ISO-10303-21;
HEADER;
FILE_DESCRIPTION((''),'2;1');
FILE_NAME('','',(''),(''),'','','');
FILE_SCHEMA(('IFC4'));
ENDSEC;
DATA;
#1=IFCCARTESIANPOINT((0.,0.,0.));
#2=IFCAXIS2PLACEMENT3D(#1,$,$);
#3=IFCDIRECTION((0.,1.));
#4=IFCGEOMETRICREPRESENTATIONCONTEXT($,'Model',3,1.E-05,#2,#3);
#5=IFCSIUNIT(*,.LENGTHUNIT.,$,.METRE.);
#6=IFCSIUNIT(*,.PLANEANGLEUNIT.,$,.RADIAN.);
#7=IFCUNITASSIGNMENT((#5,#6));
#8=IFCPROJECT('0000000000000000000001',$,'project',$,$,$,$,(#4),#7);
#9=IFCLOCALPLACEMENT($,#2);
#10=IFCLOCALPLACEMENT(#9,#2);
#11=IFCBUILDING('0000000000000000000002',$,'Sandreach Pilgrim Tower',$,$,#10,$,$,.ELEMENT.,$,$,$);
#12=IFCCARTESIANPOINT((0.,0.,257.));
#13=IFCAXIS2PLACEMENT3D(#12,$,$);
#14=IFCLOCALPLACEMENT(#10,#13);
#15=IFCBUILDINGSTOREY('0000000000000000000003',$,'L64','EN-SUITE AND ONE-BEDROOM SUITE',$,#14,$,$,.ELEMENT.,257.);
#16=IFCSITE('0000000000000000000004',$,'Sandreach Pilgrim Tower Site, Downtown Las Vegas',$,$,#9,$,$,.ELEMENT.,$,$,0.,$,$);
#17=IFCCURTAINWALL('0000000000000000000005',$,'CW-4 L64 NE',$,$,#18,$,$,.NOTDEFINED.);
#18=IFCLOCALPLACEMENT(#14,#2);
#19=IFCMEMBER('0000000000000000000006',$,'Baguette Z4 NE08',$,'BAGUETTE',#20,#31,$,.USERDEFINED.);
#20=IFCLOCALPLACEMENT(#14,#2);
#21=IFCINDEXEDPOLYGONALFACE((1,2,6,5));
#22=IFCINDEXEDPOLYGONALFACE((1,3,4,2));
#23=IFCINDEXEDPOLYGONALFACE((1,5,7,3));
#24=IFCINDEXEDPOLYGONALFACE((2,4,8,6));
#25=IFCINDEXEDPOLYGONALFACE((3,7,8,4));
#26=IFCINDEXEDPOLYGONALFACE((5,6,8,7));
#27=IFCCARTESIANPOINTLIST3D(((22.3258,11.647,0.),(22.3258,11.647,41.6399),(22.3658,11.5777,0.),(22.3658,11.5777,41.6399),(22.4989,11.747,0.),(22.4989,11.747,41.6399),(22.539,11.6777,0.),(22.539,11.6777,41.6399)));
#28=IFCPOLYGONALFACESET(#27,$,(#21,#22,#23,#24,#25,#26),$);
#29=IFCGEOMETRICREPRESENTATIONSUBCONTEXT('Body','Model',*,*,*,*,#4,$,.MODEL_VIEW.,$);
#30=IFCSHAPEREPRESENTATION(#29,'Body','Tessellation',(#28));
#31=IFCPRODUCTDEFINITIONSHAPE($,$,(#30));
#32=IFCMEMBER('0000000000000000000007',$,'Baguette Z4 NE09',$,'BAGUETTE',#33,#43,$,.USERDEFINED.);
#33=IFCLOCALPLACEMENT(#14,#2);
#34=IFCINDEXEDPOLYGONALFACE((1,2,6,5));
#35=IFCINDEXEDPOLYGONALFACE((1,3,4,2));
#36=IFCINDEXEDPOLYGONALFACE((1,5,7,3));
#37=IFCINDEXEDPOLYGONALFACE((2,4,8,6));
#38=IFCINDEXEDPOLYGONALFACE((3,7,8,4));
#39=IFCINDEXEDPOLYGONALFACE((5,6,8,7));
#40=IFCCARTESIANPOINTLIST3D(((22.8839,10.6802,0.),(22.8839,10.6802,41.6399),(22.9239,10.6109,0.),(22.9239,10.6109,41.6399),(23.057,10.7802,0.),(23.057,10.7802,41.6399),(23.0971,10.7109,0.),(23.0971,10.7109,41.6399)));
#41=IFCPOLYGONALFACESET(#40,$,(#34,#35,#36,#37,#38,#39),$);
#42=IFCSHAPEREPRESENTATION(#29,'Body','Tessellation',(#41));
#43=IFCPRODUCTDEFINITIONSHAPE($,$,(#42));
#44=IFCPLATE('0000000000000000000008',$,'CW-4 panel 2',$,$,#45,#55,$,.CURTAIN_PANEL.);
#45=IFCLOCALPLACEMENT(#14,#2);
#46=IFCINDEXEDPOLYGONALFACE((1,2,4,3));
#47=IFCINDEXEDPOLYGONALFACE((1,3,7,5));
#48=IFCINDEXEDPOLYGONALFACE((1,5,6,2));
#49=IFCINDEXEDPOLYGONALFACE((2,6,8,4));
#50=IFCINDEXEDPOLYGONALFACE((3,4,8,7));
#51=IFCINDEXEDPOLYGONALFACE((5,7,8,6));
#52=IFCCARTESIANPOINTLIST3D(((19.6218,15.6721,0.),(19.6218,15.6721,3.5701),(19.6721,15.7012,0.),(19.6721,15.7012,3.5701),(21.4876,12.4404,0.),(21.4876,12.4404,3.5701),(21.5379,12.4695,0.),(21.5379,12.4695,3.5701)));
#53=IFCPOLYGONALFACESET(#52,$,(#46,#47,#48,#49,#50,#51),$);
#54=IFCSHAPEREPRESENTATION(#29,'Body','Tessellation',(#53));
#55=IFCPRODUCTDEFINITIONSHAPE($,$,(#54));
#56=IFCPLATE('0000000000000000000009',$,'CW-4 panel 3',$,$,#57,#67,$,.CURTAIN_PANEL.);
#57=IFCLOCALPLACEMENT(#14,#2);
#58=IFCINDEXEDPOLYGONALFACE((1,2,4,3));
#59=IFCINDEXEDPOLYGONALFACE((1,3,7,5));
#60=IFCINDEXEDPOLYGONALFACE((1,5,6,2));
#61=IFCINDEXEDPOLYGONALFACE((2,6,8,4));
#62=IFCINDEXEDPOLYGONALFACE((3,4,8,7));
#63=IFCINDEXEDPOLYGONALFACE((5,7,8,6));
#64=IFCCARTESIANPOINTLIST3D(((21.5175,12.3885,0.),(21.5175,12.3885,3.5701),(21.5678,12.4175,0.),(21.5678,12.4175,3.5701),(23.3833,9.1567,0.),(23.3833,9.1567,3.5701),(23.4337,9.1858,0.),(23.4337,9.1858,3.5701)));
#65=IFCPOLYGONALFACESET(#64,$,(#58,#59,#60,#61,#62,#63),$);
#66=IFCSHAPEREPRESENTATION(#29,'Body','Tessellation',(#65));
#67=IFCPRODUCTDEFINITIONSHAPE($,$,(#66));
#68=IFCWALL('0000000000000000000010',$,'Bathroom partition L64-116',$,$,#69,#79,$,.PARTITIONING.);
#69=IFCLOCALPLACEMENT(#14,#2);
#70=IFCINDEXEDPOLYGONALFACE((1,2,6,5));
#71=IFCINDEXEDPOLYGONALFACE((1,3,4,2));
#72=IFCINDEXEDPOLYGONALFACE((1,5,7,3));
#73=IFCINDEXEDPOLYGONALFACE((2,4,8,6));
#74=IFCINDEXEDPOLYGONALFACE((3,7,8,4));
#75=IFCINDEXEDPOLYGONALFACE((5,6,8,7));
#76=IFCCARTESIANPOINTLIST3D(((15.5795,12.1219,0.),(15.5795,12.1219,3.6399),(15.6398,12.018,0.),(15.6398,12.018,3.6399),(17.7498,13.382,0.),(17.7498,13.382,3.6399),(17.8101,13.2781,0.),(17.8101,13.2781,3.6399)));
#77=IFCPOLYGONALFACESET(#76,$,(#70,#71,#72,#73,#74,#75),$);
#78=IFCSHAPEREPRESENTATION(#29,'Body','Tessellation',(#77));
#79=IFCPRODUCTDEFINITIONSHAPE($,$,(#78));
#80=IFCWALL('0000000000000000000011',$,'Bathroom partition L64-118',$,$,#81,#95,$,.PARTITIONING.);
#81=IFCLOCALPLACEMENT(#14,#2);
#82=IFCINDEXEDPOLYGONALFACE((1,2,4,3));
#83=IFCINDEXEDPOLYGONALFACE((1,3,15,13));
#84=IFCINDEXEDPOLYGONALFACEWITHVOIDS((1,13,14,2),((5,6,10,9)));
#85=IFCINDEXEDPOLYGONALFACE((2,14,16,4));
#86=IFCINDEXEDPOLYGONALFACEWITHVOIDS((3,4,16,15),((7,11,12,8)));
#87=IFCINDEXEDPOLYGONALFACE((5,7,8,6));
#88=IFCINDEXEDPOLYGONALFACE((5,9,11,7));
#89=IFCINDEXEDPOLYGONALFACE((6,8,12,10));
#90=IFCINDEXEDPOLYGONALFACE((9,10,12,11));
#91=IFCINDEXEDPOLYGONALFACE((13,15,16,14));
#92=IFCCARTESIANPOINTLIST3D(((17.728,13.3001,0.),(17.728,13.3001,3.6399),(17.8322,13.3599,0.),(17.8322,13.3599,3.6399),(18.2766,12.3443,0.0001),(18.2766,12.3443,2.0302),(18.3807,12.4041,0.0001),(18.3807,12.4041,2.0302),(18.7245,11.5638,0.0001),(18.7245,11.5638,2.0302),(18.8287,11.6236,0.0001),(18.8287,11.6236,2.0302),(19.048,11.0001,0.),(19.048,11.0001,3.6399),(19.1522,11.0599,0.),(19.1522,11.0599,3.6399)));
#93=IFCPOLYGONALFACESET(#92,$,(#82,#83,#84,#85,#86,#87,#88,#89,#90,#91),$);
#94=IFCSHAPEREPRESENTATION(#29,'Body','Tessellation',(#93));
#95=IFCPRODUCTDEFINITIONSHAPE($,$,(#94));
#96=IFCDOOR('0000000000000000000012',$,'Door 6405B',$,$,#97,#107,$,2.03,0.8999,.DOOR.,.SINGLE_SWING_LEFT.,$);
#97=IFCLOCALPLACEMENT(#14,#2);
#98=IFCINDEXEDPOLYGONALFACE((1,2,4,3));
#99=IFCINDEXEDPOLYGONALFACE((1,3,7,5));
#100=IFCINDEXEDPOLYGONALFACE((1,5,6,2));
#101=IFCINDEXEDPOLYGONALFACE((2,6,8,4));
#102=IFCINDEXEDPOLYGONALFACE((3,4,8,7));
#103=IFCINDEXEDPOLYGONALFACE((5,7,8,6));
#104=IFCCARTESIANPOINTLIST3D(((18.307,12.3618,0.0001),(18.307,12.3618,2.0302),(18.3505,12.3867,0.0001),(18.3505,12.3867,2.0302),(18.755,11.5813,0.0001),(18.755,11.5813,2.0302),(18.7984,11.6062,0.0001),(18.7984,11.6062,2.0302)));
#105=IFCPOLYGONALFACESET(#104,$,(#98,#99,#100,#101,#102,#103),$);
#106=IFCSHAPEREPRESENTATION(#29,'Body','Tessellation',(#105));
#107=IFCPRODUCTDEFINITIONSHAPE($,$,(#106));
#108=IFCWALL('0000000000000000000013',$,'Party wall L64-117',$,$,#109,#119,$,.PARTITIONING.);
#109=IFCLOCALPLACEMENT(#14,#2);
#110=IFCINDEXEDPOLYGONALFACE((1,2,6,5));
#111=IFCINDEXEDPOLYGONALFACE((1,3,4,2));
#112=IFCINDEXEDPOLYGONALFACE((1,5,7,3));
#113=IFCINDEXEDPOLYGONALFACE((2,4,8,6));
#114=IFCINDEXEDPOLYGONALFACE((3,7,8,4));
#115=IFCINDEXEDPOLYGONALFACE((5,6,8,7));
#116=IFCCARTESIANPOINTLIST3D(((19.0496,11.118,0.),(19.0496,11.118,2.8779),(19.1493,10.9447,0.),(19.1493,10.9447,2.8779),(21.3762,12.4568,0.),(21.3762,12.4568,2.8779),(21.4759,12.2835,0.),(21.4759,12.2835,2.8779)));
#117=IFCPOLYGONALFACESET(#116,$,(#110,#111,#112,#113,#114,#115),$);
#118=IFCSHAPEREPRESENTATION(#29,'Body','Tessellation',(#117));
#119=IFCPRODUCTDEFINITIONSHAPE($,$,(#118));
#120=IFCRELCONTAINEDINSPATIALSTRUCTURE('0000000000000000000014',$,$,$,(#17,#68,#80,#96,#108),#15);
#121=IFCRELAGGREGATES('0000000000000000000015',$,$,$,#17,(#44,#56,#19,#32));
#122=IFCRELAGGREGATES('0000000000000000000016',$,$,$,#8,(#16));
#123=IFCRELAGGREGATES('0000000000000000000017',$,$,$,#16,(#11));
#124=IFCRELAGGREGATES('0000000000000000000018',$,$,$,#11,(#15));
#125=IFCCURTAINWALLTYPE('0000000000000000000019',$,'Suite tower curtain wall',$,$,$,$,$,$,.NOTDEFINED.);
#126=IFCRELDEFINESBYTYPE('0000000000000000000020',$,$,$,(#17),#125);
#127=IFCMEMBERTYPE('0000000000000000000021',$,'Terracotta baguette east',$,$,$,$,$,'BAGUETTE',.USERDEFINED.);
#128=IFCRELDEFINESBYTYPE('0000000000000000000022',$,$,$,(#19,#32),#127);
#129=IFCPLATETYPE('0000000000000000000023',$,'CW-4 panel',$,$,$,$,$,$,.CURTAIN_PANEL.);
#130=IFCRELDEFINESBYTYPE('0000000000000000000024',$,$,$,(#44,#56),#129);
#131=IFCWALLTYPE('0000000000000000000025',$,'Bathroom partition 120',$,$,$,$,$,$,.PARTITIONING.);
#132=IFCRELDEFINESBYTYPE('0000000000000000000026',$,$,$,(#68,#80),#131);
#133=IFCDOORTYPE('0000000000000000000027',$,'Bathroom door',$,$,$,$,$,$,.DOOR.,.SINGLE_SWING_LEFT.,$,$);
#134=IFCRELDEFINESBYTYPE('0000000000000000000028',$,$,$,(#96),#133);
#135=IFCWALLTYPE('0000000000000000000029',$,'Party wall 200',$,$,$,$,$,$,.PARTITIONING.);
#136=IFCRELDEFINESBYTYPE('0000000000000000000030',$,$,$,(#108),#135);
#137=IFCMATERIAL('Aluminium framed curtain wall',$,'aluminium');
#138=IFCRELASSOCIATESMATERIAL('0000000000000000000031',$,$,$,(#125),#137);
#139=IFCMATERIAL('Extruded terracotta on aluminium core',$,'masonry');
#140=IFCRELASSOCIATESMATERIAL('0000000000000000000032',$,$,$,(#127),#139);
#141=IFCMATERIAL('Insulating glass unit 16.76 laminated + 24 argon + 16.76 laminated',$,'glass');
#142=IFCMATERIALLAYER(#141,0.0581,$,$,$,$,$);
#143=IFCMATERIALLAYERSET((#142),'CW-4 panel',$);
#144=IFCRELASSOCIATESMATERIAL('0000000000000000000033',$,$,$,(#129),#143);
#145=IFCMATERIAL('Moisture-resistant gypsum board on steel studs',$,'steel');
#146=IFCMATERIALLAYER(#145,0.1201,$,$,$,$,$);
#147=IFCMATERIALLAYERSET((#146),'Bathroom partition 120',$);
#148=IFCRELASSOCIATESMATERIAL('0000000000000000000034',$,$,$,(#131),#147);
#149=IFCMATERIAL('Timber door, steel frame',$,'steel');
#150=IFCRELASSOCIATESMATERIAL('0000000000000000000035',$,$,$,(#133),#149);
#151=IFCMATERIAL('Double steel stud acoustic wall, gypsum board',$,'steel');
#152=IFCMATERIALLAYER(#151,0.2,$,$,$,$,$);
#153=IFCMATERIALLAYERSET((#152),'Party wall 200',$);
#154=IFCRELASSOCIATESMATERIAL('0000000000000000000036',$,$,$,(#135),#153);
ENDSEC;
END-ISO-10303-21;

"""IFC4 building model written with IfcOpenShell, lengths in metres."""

from ifc_helpers import new_model, si_unit, direction, frame, frame_2d, origin, origin_2d, place, context, subcontext, project, spatial, rectangle, extrude, material, layer, layer_set, material_profile, profile_set, type_object, element, fill, aggregate, save


model = new_model("IFC4")

# Units and contexts
model_context = context("Model", 3, precision=1e-05, world=origin(), true_north=direction((0.0, 1.0)))
body_context = subcontext(model_context, "Body", "Model", "MODEL_VIEW")
ifc_project = project(units=[si_unit("LENGTHUNIT", "METRE"), si_unit("PLANEANGLEUNIT", "RADIAN")], contexts=[model_context])

# Site, building, storey
site_placement = place(None, origin())
site = spatial("IfcSite", under=ifc_project, at=site_placement, Name="Sandreach Pilgrim Tower Site, Downtown Las Vegas", CompositionType="ELEMENT", RefElevation=0.0)
building_placement = place(site_placement, origin())
building = spatial("IfcBuilding", under=site, at=building_placement, Name="Sandreach Pilgrim Tower", CompositionType="ELEMENT")
storey_placement = place(building_placement, frame((0.0, 0.0, 257.0)))
storey = spatial("IfcBuildingStorey", under=building, at=storey_placement, Name="L64", Description="EN-SUITE AND ONE-BEDROOM SUITE", CompositionType="ELEMENT", Elevation=257.0)

# Curtain wall
ifc_material_1 = material(Name="Aluminium framed curtain wall", Category="aluminium")
curtain_wall_type = type_object("IfcCurtainWallType", Name="Suite tower curtain wall", PredefinedType="NOTDEFINED", material=ifc_material_1)
curtain_wall_placement = place(storey_placement, origin())
curtain_wall = element("IfcCurtainWall", 1, at=curtain_wall_placement, inside=storey, type_object=curtain_wall_type, Name="CW-4 L64 NE", PredefinedType="NOTDEFINED")

# Members
ifc_material_2 = material(Name="Extruded terracotta on aluminium core", Category="masonry")
ifc_material_profile_1 = material_profile(ifc_material_2, rectangle(XDim=0.0801, YDim=0.2, at=origin_2d()), Name="TBE 80X200")
ifc_profile_set_1 = profile_set([ifc_material_profile_1], Name="Extruded terracotta on aluminium core")
member_type_1 = type_object("IfcMemberType", Name="Terracotta baguette east", ElementType="BAGUETTE", PredefinedType="USERDEFINED", material=ifc_profile_set_1)
member_1_placement = place(storey_placement, frame((22.4324, 11.6624, 0.0), z_axis=(0.0, 0.0, 1.0), x_axis=(0.5, -0.866025, 0.0)))
member_1 = element("IfcMember", 2, at=member_1_placement, type_object=member_type_1, Name="Baguette Z4 NE08", ObjectType="BAGUETTE", PredefinedType="USERDEFINED", context=body_context, shape_type="SweptSolid", body=[
    extrude(rectangle(XDim=0.0801, YDim=0.2, at=origin_2d()), origin(), (0.0, 0.0, 1.0), 41.6399),
])
member_2_placement = place(storey_placement, frame((22.9905, 10.6956, 0.0), z_axis=(0.0, 0.0, 1.0), x_axis=(0.5, -0.866025, 0.0)))
member_2 = element("IfcMember", 3, at=member_2_placement, type_object=member_type_1, Name="Baguette Z4 NE09", ObjectType="BAGUETTE", PredefinedType="USERDEFINED", context=body_context, shape_type="SweptSolid", body=[
    extrude(rectangle(XDim=0.0801, YDim=0.2, at=origin_2d()), origin(), (0.0, 0.0, 1.0), 41.6399),
])

# Plates
ifc_material_3 = material(Name="Insulating glass unit 16.76 laminated + 24 argon + 16.76 laminated", Category="glass")
ifc_layer_1 = layer(ifc_material_3, 0.0581)
ifc_layer_set_1 = layer_set([ifc_layer_1], Name="CW-4 panel")
plate_type = type_object("IfcPlateType", Name="CW-4 panel", PredefinedType="CURTAIN_PANEL", material=ifc_layer_set_1)
plate_1_placement = place(storey_placement, frame((20.5798, 14.0708, 0.0), z_axis=(0.0, 0.0, 1.0), x_axis=(0.5, -0.866025, 0.0)))
plate_1 = element("IfcPlate", 4, at=plate_1_placement, type_object=plate_type, Name="CW-4 panel 2", PredefinedType="CURTAIN_PANEL", context=body_context, shape_type="SweptSolid", body=[
    extrude(rectangle(XDim=3.7317, YDim=0.0581, at=origin_2d()), origin(), (0.0, 0.0, 1.0), 3.5701),
])
plate_2_placement = place(storey_placement, frame((22.4756, 10.7871, 0.0), z_axis=(0.0, 0.0, 1.0), x_axis=(0.5, -0.866025, 0.0)))
plate_2 = element("IfcPlate", 5, at=plate_2_placement, type_object=plate_type, Name="CW-4 panel 3", PredefinedType="CURTAIN_PANEL", context=body_context, shape_type="SweptSolid", body=[
    extrude(rectangle(XDim=3.7317, YDim=0.0581, at=origin_2d()), origin(), (0.0, 0.0, 1.0), 3.5701),
])
aggregate(curtain_wall, [plate_1, plate_2, member_1, member_2])

# Wall
ifc_material_4 = material(Name="Moisture-resistant gypsum board on steel studs", Category="steel")
ifc_layer_2 = layer(ifc_material_4, 0.1201)
ifc_layer_set_2 = layer_set([ifc_layer_2], Name="Bathroom partition 120")
wall_type_1 = type_object("IfcWallType", Name="Bathroom partition 120", PredefinedType="PARTITIONING", material=ifc_layer_set_2)
wall_1_placement = place(storey_placement, frame((17.78, 13.3301, 0.0), z_axis=(0.0, 0.0, 1.0), x_axis=(-0.864804, -0.50211, 0.0)))
element("IfcWall", 6, at=wall_1_placement, inside=storey, type_object=wall_type_1, Name="Bathroom partition L64-116", PredefinedType="PARTITIONING", context=body_context, shape_type="SweptSolid", body=[
    extrude(rectangle(XDim=2.5095, YDim=0.1201, at=frame_2d((1.2549, 0.0))), origin(), (0.0, 0.0, 1.0), 3.6399),
])

# Wall, opening, door
wall_2_placement = place(storey_placement, frame((19.1001, 11.03, 0.0), z_axis=(0.0, 0.0, 1.0), x_axis=(-0.497774, 0.867307, 0.0)))
wall_2 = element("IfcWall", 7, at=wall_2_placement, inside=storey, type_object=wall_type_1, Name="Bathroom partition L64-118", PredefinedType="PARTITIONING", context=body_context, shape_type="SweptSolid", body=[
    extrude(rectangle(XDim=2.6519, YDim=0.1201, at=frame_2d((1.3259, 0.0))), origin(), (0.0, 0.0, 1.0), 3.6399),
])
opening_placement = place(wall_2_placement, frame((0.6499, 0.0, 0.0)))
opening = element("IfcOpeningElement", 8, at=opening_placement, cuts=wall_2, PredefinedType="OPENING", context=body_context, shape_type="SweptSolid", body=[
    extrude(rectangle(XDim=0.8999, YDim=2.03, at=frame_2d((0.45, 1.0151))), frame((0.0, 0.0601, 0.0), z_axis=(0.0, -1.0, 0.0), x_axis=(1.0, 0.0, 0.0)), (0.0, 0.0, 1.0), 0.1201),
])
ifc_material_5 = material(Name="Timber door, steel frame", Category="steel")
door_type = type_object("IfcDoorType", Name="Bathroom door", OperationType="SINGLE_SWING_LEFT", PredefinedType="DOOR", material=ifc_material_5)
door_placement = place(opening_placement, origin())
door = element("IfcDoor", 9, at=door_placement, inside=storey, type_object=door_type, Name="Door 6405B", OperationType="SINGLE_SWING_LEFT", OverallHeight=2.03, OverallWidth=0.8999, PredefinedType="DOOR", context=body_context, shape_type="SweptSolid", body=[
    extrude(rectangle(XDim=0.8999, YDim=2.03, at=frame_2d((0.45, 1.0151))), frame((0.0, 0.0249, 0.0), z_axis=(0.0, -1.0, 0.0), x_axis=(1.0, 0.0, 0.0)), (0.0, 0.0, 1.0), 0.05),
])
fill(opening, door)

# Wall
ifc_material_6 = material(Name="Double steel stud acoustic wall, gypsum board", Category="steel")
ifc_layer_3 = layer(ifc_material_6, 0.2)
ifc_layer_set_3 = layer_set([ifc_layer_3], Name="Party wall 200")
wall_type_2 = type_object("IfcWallType", Name="Party wall 200", PredefinedType="PARTITIONING", material=ifc_layer_set_3)
wall_3_placement = place(storey_placement, frame((19.0994, 11.0312, 0.0), z_axis=(0.0, 0.0, 1.0), x_axis=(0.866739, 0.498762, 0.0)))
element("IfcWall", 10, at=wall_3_placement, inside=storey, type_object=wall_type_2, Name="Party wall L64-117", PredefinedType="PARTITIONING", context=body_context, shape_type="SweptSolid", body=[
    extrude(rectangle(XDim=2.6843, YDim=0.2, at=frame_2d((1.3423, 0.0))), origin(), (0.0, 0.0, 1.0), 2.8779),
])

save(model, "model.ifc")
